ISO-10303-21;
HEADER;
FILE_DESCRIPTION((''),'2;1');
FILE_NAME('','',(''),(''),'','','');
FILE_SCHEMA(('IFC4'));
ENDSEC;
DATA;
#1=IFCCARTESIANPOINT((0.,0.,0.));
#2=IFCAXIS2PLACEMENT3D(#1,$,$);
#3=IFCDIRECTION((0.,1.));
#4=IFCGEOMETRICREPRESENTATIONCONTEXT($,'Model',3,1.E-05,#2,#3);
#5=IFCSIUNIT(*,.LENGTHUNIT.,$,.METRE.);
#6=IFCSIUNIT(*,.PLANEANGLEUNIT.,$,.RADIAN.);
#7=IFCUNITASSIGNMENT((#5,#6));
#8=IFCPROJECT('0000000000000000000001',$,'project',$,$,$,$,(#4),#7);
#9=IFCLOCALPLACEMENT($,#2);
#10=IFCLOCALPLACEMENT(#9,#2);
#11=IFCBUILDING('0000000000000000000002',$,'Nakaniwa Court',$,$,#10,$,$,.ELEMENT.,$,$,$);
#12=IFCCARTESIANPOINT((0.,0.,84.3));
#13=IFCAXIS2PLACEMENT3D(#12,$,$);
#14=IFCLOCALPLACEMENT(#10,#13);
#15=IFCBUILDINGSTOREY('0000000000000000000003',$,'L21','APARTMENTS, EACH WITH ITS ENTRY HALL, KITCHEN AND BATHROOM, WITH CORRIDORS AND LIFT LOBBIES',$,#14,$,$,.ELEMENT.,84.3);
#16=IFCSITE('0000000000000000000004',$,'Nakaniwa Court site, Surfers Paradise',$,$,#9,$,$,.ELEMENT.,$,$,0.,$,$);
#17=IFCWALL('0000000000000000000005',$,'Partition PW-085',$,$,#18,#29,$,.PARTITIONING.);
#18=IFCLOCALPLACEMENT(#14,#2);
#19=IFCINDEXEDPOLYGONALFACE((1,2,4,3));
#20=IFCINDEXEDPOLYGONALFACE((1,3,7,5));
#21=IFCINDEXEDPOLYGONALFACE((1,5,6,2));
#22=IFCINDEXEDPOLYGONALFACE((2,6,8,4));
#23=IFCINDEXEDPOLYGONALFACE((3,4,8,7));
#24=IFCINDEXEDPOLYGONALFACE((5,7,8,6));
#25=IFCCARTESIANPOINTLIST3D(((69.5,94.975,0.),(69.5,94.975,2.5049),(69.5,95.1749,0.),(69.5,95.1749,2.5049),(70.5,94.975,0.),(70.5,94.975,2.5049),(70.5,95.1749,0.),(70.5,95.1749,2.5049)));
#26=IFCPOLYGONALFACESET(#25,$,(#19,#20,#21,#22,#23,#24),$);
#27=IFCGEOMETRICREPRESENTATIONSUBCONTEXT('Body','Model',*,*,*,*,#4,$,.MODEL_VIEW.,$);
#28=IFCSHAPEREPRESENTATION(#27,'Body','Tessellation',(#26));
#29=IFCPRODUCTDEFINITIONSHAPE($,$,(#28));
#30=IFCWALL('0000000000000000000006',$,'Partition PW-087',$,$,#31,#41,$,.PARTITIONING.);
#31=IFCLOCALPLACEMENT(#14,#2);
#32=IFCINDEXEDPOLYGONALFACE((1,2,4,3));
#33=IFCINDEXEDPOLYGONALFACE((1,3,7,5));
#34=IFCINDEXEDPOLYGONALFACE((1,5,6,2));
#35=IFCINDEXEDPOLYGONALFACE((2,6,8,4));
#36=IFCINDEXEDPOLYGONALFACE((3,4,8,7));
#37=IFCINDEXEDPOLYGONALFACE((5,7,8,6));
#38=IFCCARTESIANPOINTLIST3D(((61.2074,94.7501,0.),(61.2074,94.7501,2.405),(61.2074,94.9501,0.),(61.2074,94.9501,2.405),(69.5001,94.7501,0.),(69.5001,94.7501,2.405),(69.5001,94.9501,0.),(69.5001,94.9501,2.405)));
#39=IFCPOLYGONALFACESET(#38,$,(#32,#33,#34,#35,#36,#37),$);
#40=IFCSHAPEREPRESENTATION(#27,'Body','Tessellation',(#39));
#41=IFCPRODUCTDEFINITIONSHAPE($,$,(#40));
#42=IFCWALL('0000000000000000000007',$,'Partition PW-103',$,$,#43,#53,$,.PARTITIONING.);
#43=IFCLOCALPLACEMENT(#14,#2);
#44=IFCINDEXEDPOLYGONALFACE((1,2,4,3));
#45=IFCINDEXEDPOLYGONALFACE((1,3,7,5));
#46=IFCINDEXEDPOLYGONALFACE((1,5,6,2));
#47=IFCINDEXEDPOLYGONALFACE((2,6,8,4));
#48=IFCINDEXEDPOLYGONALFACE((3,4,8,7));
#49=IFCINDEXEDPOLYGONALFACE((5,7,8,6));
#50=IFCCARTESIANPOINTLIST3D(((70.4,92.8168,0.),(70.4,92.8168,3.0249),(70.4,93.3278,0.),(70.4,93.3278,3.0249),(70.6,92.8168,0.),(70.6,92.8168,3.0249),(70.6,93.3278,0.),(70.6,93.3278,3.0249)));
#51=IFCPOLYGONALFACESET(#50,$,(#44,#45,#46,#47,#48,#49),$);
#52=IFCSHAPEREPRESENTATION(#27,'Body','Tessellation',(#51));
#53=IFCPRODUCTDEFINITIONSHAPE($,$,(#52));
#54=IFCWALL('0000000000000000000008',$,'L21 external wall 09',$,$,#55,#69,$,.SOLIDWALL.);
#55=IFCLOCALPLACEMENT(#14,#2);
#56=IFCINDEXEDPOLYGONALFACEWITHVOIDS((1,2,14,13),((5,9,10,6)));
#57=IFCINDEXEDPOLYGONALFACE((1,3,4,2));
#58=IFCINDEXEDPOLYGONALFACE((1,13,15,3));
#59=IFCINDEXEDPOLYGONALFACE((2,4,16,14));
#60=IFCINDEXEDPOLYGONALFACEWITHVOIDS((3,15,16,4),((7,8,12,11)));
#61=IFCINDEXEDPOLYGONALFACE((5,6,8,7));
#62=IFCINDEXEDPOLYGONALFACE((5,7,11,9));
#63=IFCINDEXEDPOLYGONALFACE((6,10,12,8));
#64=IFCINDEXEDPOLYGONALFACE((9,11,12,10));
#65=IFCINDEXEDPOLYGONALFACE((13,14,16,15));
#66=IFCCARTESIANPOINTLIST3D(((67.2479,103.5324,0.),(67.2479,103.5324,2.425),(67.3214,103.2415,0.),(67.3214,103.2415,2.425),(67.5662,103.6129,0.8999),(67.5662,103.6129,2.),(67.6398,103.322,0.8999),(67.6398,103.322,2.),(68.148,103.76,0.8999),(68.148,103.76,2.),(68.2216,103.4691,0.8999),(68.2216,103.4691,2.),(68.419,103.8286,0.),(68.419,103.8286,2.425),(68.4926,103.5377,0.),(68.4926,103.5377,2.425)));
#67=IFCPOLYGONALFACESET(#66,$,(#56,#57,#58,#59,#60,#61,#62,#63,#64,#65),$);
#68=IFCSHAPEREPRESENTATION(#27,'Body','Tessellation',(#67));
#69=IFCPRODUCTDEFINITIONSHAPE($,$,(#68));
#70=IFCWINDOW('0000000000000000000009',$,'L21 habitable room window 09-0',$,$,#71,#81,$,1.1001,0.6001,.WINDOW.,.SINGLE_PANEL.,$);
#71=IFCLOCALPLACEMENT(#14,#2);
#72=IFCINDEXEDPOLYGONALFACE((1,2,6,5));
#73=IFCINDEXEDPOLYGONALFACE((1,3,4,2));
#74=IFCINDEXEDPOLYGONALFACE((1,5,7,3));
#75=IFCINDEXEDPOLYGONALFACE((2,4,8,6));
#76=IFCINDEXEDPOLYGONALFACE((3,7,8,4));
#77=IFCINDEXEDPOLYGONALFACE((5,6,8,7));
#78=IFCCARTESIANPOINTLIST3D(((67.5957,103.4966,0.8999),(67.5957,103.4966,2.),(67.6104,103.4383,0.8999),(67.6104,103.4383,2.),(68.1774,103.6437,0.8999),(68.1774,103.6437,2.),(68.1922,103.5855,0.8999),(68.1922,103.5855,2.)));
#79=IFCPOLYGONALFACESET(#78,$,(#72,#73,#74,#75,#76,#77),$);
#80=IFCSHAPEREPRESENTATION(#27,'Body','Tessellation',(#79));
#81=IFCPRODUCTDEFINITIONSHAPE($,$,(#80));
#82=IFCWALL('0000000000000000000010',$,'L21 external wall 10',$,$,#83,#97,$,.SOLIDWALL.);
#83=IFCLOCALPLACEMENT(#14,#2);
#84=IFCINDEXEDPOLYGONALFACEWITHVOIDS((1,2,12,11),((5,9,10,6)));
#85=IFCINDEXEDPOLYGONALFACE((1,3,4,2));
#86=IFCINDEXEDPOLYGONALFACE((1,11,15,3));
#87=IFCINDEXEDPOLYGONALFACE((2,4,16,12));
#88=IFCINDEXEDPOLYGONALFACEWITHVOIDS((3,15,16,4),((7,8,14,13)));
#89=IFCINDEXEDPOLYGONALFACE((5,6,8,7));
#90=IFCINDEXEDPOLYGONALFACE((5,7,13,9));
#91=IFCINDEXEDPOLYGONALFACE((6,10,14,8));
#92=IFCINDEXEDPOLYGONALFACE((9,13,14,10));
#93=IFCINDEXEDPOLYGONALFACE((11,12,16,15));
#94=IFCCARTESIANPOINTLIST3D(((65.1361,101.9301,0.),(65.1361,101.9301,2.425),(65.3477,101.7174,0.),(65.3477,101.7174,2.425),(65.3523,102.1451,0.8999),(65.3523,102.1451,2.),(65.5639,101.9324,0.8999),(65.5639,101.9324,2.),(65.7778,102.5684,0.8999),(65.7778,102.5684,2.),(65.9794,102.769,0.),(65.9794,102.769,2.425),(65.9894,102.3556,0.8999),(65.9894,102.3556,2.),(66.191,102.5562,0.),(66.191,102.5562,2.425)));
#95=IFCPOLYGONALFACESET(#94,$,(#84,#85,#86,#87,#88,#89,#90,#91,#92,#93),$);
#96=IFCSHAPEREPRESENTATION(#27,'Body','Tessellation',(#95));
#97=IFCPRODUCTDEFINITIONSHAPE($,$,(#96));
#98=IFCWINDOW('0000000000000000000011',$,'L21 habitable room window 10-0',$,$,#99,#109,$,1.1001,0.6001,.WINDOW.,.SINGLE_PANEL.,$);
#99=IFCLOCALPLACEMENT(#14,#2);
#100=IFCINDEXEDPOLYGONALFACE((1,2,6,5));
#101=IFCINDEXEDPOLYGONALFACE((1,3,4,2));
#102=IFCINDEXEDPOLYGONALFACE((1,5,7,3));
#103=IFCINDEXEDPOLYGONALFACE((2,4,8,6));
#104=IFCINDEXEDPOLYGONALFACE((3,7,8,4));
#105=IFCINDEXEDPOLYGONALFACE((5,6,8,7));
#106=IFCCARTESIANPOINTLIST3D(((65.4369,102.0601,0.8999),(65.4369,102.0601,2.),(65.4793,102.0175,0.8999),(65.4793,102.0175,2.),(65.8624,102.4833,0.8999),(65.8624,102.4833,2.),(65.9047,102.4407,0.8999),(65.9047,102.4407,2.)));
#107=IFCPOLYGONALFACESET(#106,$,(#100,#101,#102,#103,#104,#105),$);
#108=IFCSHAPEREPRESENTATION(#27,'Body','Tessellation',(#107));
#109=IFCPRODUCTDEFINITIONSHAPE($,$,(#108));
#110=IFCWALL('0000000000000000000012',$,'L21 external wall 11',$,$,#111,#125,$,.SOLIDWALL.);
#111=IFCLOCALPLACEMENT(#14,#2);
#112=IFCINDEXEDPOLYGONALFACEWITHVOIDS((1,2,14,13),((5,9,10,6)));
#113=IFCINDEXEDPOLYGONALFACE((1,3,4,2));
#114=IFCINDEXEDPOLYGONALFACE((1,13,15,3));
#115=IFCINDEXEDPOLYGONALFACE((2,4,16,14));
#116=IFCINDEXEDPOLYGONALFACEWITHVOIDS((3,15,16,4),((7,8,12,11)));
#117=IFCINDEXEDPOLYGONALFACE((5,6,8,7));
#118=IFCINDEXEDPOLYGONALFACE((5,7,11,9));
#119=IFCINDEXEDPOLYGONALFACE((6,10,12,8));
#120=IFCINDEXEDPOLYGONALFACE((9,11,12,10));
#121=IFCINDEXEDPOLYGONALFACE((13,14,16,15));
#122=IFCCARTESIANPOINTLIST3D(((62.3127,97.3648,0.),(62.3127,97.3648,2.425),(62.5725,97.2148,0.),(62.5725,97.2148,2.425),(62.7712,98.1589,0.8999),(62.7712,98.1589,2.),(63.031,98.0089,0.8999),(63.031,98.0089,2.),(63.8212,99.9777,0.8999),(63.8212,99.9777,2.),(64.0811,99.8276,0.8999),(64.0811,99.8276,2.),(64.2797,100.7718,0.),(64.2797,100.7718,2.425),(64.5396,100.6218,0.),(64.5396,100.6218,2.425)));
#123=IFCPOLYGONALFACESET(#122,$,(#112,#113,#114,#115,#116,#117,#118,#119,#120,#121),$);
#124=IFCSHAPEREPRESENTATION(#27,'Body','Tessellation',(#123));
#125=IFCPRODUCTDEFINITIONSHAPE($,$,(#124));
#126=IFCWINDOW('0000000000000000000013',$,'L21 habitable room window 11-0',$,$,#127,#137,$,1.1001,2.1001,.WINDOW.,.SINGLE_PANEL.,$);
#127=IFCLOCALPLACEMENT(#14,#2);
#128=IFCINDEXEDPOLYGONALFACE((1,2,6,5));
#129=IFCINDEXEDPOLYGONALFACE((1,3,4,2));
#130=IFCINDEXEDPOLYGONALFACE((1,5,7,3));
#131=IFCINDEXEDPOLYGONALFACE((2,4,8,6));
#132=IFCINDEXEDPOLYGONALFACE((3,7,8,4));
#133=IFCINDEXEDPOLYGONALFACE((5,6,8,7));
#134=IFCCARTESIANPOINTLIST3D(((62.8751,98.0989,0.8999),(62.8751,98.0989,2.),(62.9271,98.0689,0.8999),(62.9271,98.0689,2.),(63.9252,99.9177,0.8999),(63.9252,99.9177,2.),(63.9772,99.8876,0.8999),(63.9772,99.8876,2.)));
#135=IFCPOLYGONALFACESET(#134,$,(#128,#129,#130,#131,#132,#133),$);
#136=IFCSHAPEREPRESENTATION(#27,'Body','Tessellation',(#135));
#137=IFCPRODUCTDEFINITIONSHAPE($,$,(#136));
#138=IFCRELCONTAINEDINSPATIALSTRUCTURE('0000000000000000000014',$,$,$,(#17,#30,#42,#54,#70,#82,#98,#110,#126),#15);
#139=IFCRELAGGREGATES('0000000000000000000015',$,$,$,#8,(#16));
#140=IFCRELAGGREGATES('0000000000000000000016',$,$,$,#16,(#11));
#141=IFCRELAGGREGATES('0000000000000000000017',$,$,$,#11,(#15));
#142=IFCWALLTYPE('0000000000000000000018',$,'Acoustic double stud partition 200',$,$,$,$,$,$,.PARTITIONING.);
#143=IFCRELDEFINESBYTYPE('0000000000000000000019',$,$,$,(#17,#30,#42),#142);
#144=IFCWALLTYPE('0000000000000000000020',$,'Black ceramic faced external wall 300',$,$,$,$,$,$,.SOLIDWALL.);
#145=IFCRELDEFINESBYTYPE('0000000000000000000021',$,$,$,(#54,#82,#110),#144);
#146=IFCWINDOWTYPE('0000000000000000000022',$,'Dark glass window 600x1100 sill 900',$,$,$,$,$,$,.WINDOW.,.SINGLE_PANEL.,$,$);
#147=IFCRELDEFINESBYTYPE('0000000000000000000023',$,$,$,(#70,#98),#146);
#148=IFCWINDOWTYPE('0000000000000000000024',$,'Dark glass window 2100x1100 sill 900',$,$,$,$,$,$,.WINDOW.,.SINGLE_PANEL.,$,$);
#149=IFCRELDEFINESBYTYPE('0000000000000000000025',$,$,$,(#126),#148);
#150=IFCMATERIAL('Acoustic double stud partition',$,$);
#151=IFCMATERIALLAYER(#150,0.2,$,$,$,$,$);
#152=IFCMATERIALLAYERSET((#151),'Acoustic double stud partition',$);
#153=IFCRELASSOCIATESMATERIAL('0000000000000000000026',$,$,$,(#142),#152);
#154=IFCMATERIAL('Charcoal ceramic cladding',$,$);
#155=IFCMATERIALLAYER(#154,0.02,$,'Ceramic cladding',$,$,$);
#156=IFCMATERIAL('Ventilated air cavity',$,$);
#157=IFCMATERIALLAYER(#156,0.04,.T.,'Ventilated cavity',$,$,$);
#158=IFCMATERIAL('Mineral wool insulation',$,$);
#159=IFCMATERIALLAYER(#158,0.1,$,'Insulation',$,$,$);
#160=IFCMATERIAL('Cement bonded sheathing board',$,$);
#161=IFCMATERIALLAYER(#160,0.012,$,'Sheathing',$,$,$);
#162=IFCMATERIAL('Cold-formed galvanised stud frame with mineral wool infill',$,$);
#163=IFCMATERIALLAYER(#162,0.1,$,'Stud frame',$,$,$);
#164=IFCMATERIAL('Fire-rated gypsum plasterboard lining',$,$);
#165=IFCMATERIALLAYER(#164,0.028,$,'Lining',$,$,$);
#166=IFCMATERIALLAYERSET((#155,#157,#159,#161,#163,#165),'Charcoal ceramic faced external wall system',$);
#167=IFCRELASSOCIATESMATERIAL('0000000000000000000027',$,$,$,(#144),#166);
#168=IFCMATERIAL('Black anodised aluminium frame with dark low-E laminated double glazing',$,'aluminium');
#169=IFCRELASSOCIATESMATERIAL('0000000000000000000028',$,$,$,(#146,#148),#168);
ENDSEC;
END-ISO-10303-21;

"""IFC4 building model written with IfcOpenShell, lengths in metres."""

from ifc_helpers import new_model, si_unit, direction, frame, frame_2d, origin, place, context, subcontext, project, spatial, rectangle, extrude, material, layer, layer_set, type_object, element, fill, save


model = new_model("IFC4")

# Units and contexts
model_context = context("Model", 3, precision=1e-05, world=origin(), true_north=direction((0.0, 1.0)))
body_context = subcontext(model_context, "Body", "Model", "MODEL_VIEW")
ifc_project = project(units=[si_unit("LENGTHUNIT", "METRE"), si_unit("PLANEANGLEUNIT", "RADIAN")], contexts=[model_context])

# Site, building, storey
site_placement = place(None, origin())
site = spatial("IfcSite", under=ifc_project, at=site_placement, Name="Nakaniwa Court site, Surfers Paradise", CompositionType="ELEMENT", RefElevation=0.0)
building_placement = place(site_placement, origin())
building = spatial("IfcBuilding", under=site, at=building_placement, Name="Nakaniwa Court", CompositionType="ELEMENT")
storey_placement = place(building_placement, frame((0.0, 0.0, 84.3)))
storey = spatial("IfcBuildingStorey", under=building, at=storey_placement, Name="L21", Description="APARTMENTS, EACH WITH ITS ENTRY HALL, KITCHEN AND BATHROOM, WITH CORRIDORS AND LIFT LOBBIES", CompositionType="ELEMENT", Elevation=84.3)

# Walls
ifc_material_1 = material(Name="Acoustic double stud partition")
ifc_layer_1 = layer(ifc_material_1, 0.2)
ifc_layer_set_1 = layer_set([ifc_layer_1], Name="Acoustic double stud partition")
wall_type_1 = type_object("IfcWallType", Name="Acoustic double stud partition 200", PredefinedType="PARTITIONING", material=ifc_layer_set_1)
for number, where, z_axis, x_axis, name in (
    (1, (69.5, 95.075, 0.0), (0.0, 0.0, 1.0), (1.0, 0.0, 0.0), "Partition PW-085"),
):
    element("IfcWall", number, at=place(storey_placement, frame(where, z_axis=z_axis, x_axis=x_axis)), inside=storey, type_object=wall_type_1, Name=name, PredefinedType="PARTITIONING", context=body_context, shape_type="SweptSolid", body=[
        extrude(rectangle(XDim=1.0, YDim=0.2, at=frame_2d((0.5, 0.0))), origin(), (0.0, 0.0, 1.0), 2.5049),
    ])
wall_1_placement = place(storey_placement, frame((61.2073, 94.8501, 0.0), z_axis=(0.0, 0.0, 1.0), x_axis=(1.0, 0.0, 0.0)))
element("IfcWall", 2, at=wall_1_placement, inside=storey, type_object=wall_type_1, Name="Partition PW-087", PredefinedType="PARTITIONING", context=body_context, shape_type="SweptSolid", body=[
    extrude(rectangle(XDim=8.2927, YDim=0.2, at=frame_2d((4.1465, 0.0))), origin(), (0.0, 0.0, 1.0), 2.405),
])
wall_2_placement = place(storey_placement, frame((70.5, 92.8169, 0.0), z_axis=(0.0, 0.0, 1.0), x_axis=(0.0, 1.0, 0.0)))
element("IfcWall", 3, at=wall_2_placement, inside=storey, type_object=wall_type_1, Name="Partition PW-103", PredefinedType="PARTITIONING", context=body_context, shape_type="SweptSolid", body=[
    extrude(rectangle(XDim=0.511, YDim=0.2, at=frame_2d((0.2554, 0.0))), origin(), (0.0, 0.0, 1.0), 3.0249),
])

# Walls, openings, windows
ifc_material_2 = material(Name="Charcoal ceramic cladding")
ifc_layer_2 = layer(ifc_material_2, 0.02, Name="Ceramic cladding")
ifc_material_3 = material(Name="Ventilated air cavity")
ifc_layer_3 = layer(ifc_material_3, 0.04, ventilated=True, Name="Ventilated cavity")
ifc_material_4 = material(Name="Mineral wool insulation")
ifc_layer_4 = layer(ifc_material_4, 0.1, Name="Insulation")
ifc_material_5 = material(Name="Cement bonded sheathing board")
ifc_layer_5 = layer(ifc_material_5, 0.012, Name="Sheathing")
ifc_material_6 = material(Name="Cold-formed galvanised stud frame with mineral wool infill")
ifc_layer_6 = layer(ifc_material_6, 0.1, Name="Stud frame")
ifc_material_7 = material(Name="Fire-rated gypsum plasterboard lining")
ifc_layer_7 = layer(ifc_material_7, 0.028, Name="Lining")
ifc_layer_set_2 = layer_set([ifc_layer_2, ifc_layer_3, ifc_layer_4, ifc_layer_5, ifc_layer_6, ifc_layer_7], Name="Charcoal ceramic faced external wall system")
wall_type_2 = type_object("IfcWallType", Name="Black ceramic faced external wall 300", PredefinedType="SOLIDWALL", material=ifc_layer_set_2)
wall_3_placement = place(storey_placement, frame((68.4558, 103.6831, 0.0), z_axis=(0.0, 0.0, 1.0), x_axis=(-0.969485, -0.24515, 0.0)))
wall_3 = element("IfcWall", 4, at=wall_3_placement, inside=storey, type_object=wall_type_2, Name="L21 external wall 09", PredefinedType="SOLIDWALL", context=body_context, shape_type="SweptSolid", body=[
    extrude(rectangle(XDim=1.208, YDim=0.3, at=frame_2d((0.604, 0.0))), origin(), (0.0, 0.0, 1.0), 2.425),
])
opening_1_placement = place(wall_3_placement, frame((0.2795, 0.0, 0.8999)))
opening_1 = element("IfcOpeningElement", 5, at=opening_1_placement, cuts=wall_3, PredefinedType="OPENING", context=body_context, shape_type="SweptSolid", body=[
    extrude(rectangle(XDim=0.6001, YDim=1.1001, at=frame_2d((0.3, 0.55))), frame((0.0, 0.1599, 0.0), z_axis=(0.0, -1.0, 0.0), x_axis=(1.0, 0.0, 0.0)), (0.0, 0.0, 1.0), 0.3201),
])
ifc_material_8 = material(Name="Black anodised aluminium frame with dark low-E laminated double glazing", Category="aluminium")
window_type_1 = type_object("IfcWindowType", Name="Dark glass window 600x1100 sill 900", PartitioningType="SINGLE_PANEL", PredefinedType="WINDOW", material=ifc_material_8)
window_1_placement = place(opening_1_placement, origin())
window_1 = element("IfcWindow", 6, at=window_1_placement, inside=storey, type_object=window_type_1, Name="L21 habitable room window 09-0", OverallHeight=1.1001, OverallWidth=0.6001, PartitioningType="SINGLE_PANEL", PredefinedType="WINDOW", context=body_context, shape_type="SweptSolid", body=[
    extrude(rectangle(XDim=0.6001, YDim=1.1001, at=frame_2d((0.3, 0.55))), frame((0.0, 0.03, 0.0), z_axis=(0.0, -1.0, 0.0), x_axis=(1.0, 0.0, 0.0)), (0.0, 0.0, 1.0), 0.0601),
])
fill(opening_1, window_1)
wall_4_placement = place(storey_placement, frame((66.0852, 102.6626, 0.0), z_axis=(0.0, 0.0, 1.0), x_axis=(-0.708952, -0.705257, 0.0)))
wall_4 = element("IfcWall", 7, at=wall_4_placement, inside=storey, type_object=wall_type_2, Name="L21 external wall 10", PredefinedType="SOLIDWALL", context=body_context, shape_type="SweptSolid", body=[
    extrude(rectangle(XDim=1.1895, YDim=0.3, at=frame_2d((0.5947, 0.0))), origin(), (0.0, 0.0, 1.0), 2.425),
])
opening_2_placement = place(wall_4_placement, frame((0.2844, 0.0, 0.8999)))
opening_2 = element("IfcOpeningElement", 8, at=opening_2_placement, cuts=wall_4, PredefinedType="OPENING", context=body_context, shape_type="SweptSolid", body=[
    extrude(rectangle(XDim=0.6001, YDim=1.1001, at=frame_2d((0.3, 0.55))), frame((0.0, 0.1599, 0.0), z_axis=(0.0, -1.0, 0.0), x_axis=(1.0, 0.0, 0.0)), (0.0, 0.0, 1.0), 0.3201),
])
window_2_placement = place(opening_2_placement, origin())
window_2 = element("IfcWindow", 9, at=window_2_placement, inside=storey, type_object=window_type_1, Name="L21 habitable room window 10-0", OverallHeight=1.1001, OverallWidth=0.6001, PartitioningType="SINGLE_PANEL", PredefinedType="WINDOW", context=body_context, shape_type="SweptSolid", body=[
    extrude(rectangle(XDim=0.6001, YDim=1.1001, at=frame_2d((0.3, 0.55))), frame((0.0, 0.03, 0.0), z_axis=(0.0, -1.0, 0.0), x_axis=(1.0, 0.0, 0.0)), (0.0, 0.0, 1.0), 0.0601),
])
fill(opening_2, window_2)
wall_5_placement = place(storey_placement, frame((64.4097, 100.6968, 0.0), z_axis=(0.0, 0.0, 1.0), x_axis=(-0.500004, -0.866023, 0.0)))
wall_5 = element("IfcWall", 10, at=wall_5_placement, inside=storey, type_object=wall_type_2, Name="L21 external wall 11", PredefinedType="SOLIDWALL", context=body_context, shape_type="SweptSolid", body=[
    extrude(rectangle(XDim=3.9341, YDim=0.3, at=frame_2d((1.967, 0.0))), origin(), (0.0, 0.0, 1.0), 2.425),
])
opening_3_placement = place(wall_5_placement, frame((0.917, 0.0, 0.8999)))
opening_3 = element("IfcOpeningElement", 11, at=opening_3_placement, cuts=wall_5, PredefinedType="OPENING", context=body_context, shape_type="SweptSolid", body=[
    extrude(rectangle(XDim=2.1001, YDim=1.1001, at=frame_2d((1.05, 0.55))), frame((0.0, 0.1599, 0.0), z_axis=(0.0, -1.0, 0.0), x_axis=(1.0, 0.0, 0.0)), (0.0, 0.0, 1.0), 0.3201),
])
window_type_2 = type_object("IfcWindowType", Name="Dark glass window 2100x1100 sill 900", PartitioningType="SINGLE_PANEL", PredefinedType="WINDOW", material=ifc_material_8)
window_3_placement = place(opening_3_placement, origin())
window_3 = element("IfcWindow", 12, at=window_3_placement, inside=storey, type_object=window_type_2, Name="L21 habitable room window 11-0", OverallHeight=1.1001, OverallWidth=2.1001, PartitioningType="SINGLE_PANEL", PredefinedType="WINDOW", context=body_context, shape_type="SweptSolid", body=[
    extrude(rectangle(XDim=2.1001, YDim=1.1001, at=frame_2d((1.05, 0.55))), frame((0.0, 0.03, 0.0), z_axis=(0.0, -1.0, 0.0), x_axis=(1.0, 0.0, 0.0)), (0.0, 0.0, 1.0), 0.0601),
])
fill(opening_3, window_3)

save(model, "model.ifc")
